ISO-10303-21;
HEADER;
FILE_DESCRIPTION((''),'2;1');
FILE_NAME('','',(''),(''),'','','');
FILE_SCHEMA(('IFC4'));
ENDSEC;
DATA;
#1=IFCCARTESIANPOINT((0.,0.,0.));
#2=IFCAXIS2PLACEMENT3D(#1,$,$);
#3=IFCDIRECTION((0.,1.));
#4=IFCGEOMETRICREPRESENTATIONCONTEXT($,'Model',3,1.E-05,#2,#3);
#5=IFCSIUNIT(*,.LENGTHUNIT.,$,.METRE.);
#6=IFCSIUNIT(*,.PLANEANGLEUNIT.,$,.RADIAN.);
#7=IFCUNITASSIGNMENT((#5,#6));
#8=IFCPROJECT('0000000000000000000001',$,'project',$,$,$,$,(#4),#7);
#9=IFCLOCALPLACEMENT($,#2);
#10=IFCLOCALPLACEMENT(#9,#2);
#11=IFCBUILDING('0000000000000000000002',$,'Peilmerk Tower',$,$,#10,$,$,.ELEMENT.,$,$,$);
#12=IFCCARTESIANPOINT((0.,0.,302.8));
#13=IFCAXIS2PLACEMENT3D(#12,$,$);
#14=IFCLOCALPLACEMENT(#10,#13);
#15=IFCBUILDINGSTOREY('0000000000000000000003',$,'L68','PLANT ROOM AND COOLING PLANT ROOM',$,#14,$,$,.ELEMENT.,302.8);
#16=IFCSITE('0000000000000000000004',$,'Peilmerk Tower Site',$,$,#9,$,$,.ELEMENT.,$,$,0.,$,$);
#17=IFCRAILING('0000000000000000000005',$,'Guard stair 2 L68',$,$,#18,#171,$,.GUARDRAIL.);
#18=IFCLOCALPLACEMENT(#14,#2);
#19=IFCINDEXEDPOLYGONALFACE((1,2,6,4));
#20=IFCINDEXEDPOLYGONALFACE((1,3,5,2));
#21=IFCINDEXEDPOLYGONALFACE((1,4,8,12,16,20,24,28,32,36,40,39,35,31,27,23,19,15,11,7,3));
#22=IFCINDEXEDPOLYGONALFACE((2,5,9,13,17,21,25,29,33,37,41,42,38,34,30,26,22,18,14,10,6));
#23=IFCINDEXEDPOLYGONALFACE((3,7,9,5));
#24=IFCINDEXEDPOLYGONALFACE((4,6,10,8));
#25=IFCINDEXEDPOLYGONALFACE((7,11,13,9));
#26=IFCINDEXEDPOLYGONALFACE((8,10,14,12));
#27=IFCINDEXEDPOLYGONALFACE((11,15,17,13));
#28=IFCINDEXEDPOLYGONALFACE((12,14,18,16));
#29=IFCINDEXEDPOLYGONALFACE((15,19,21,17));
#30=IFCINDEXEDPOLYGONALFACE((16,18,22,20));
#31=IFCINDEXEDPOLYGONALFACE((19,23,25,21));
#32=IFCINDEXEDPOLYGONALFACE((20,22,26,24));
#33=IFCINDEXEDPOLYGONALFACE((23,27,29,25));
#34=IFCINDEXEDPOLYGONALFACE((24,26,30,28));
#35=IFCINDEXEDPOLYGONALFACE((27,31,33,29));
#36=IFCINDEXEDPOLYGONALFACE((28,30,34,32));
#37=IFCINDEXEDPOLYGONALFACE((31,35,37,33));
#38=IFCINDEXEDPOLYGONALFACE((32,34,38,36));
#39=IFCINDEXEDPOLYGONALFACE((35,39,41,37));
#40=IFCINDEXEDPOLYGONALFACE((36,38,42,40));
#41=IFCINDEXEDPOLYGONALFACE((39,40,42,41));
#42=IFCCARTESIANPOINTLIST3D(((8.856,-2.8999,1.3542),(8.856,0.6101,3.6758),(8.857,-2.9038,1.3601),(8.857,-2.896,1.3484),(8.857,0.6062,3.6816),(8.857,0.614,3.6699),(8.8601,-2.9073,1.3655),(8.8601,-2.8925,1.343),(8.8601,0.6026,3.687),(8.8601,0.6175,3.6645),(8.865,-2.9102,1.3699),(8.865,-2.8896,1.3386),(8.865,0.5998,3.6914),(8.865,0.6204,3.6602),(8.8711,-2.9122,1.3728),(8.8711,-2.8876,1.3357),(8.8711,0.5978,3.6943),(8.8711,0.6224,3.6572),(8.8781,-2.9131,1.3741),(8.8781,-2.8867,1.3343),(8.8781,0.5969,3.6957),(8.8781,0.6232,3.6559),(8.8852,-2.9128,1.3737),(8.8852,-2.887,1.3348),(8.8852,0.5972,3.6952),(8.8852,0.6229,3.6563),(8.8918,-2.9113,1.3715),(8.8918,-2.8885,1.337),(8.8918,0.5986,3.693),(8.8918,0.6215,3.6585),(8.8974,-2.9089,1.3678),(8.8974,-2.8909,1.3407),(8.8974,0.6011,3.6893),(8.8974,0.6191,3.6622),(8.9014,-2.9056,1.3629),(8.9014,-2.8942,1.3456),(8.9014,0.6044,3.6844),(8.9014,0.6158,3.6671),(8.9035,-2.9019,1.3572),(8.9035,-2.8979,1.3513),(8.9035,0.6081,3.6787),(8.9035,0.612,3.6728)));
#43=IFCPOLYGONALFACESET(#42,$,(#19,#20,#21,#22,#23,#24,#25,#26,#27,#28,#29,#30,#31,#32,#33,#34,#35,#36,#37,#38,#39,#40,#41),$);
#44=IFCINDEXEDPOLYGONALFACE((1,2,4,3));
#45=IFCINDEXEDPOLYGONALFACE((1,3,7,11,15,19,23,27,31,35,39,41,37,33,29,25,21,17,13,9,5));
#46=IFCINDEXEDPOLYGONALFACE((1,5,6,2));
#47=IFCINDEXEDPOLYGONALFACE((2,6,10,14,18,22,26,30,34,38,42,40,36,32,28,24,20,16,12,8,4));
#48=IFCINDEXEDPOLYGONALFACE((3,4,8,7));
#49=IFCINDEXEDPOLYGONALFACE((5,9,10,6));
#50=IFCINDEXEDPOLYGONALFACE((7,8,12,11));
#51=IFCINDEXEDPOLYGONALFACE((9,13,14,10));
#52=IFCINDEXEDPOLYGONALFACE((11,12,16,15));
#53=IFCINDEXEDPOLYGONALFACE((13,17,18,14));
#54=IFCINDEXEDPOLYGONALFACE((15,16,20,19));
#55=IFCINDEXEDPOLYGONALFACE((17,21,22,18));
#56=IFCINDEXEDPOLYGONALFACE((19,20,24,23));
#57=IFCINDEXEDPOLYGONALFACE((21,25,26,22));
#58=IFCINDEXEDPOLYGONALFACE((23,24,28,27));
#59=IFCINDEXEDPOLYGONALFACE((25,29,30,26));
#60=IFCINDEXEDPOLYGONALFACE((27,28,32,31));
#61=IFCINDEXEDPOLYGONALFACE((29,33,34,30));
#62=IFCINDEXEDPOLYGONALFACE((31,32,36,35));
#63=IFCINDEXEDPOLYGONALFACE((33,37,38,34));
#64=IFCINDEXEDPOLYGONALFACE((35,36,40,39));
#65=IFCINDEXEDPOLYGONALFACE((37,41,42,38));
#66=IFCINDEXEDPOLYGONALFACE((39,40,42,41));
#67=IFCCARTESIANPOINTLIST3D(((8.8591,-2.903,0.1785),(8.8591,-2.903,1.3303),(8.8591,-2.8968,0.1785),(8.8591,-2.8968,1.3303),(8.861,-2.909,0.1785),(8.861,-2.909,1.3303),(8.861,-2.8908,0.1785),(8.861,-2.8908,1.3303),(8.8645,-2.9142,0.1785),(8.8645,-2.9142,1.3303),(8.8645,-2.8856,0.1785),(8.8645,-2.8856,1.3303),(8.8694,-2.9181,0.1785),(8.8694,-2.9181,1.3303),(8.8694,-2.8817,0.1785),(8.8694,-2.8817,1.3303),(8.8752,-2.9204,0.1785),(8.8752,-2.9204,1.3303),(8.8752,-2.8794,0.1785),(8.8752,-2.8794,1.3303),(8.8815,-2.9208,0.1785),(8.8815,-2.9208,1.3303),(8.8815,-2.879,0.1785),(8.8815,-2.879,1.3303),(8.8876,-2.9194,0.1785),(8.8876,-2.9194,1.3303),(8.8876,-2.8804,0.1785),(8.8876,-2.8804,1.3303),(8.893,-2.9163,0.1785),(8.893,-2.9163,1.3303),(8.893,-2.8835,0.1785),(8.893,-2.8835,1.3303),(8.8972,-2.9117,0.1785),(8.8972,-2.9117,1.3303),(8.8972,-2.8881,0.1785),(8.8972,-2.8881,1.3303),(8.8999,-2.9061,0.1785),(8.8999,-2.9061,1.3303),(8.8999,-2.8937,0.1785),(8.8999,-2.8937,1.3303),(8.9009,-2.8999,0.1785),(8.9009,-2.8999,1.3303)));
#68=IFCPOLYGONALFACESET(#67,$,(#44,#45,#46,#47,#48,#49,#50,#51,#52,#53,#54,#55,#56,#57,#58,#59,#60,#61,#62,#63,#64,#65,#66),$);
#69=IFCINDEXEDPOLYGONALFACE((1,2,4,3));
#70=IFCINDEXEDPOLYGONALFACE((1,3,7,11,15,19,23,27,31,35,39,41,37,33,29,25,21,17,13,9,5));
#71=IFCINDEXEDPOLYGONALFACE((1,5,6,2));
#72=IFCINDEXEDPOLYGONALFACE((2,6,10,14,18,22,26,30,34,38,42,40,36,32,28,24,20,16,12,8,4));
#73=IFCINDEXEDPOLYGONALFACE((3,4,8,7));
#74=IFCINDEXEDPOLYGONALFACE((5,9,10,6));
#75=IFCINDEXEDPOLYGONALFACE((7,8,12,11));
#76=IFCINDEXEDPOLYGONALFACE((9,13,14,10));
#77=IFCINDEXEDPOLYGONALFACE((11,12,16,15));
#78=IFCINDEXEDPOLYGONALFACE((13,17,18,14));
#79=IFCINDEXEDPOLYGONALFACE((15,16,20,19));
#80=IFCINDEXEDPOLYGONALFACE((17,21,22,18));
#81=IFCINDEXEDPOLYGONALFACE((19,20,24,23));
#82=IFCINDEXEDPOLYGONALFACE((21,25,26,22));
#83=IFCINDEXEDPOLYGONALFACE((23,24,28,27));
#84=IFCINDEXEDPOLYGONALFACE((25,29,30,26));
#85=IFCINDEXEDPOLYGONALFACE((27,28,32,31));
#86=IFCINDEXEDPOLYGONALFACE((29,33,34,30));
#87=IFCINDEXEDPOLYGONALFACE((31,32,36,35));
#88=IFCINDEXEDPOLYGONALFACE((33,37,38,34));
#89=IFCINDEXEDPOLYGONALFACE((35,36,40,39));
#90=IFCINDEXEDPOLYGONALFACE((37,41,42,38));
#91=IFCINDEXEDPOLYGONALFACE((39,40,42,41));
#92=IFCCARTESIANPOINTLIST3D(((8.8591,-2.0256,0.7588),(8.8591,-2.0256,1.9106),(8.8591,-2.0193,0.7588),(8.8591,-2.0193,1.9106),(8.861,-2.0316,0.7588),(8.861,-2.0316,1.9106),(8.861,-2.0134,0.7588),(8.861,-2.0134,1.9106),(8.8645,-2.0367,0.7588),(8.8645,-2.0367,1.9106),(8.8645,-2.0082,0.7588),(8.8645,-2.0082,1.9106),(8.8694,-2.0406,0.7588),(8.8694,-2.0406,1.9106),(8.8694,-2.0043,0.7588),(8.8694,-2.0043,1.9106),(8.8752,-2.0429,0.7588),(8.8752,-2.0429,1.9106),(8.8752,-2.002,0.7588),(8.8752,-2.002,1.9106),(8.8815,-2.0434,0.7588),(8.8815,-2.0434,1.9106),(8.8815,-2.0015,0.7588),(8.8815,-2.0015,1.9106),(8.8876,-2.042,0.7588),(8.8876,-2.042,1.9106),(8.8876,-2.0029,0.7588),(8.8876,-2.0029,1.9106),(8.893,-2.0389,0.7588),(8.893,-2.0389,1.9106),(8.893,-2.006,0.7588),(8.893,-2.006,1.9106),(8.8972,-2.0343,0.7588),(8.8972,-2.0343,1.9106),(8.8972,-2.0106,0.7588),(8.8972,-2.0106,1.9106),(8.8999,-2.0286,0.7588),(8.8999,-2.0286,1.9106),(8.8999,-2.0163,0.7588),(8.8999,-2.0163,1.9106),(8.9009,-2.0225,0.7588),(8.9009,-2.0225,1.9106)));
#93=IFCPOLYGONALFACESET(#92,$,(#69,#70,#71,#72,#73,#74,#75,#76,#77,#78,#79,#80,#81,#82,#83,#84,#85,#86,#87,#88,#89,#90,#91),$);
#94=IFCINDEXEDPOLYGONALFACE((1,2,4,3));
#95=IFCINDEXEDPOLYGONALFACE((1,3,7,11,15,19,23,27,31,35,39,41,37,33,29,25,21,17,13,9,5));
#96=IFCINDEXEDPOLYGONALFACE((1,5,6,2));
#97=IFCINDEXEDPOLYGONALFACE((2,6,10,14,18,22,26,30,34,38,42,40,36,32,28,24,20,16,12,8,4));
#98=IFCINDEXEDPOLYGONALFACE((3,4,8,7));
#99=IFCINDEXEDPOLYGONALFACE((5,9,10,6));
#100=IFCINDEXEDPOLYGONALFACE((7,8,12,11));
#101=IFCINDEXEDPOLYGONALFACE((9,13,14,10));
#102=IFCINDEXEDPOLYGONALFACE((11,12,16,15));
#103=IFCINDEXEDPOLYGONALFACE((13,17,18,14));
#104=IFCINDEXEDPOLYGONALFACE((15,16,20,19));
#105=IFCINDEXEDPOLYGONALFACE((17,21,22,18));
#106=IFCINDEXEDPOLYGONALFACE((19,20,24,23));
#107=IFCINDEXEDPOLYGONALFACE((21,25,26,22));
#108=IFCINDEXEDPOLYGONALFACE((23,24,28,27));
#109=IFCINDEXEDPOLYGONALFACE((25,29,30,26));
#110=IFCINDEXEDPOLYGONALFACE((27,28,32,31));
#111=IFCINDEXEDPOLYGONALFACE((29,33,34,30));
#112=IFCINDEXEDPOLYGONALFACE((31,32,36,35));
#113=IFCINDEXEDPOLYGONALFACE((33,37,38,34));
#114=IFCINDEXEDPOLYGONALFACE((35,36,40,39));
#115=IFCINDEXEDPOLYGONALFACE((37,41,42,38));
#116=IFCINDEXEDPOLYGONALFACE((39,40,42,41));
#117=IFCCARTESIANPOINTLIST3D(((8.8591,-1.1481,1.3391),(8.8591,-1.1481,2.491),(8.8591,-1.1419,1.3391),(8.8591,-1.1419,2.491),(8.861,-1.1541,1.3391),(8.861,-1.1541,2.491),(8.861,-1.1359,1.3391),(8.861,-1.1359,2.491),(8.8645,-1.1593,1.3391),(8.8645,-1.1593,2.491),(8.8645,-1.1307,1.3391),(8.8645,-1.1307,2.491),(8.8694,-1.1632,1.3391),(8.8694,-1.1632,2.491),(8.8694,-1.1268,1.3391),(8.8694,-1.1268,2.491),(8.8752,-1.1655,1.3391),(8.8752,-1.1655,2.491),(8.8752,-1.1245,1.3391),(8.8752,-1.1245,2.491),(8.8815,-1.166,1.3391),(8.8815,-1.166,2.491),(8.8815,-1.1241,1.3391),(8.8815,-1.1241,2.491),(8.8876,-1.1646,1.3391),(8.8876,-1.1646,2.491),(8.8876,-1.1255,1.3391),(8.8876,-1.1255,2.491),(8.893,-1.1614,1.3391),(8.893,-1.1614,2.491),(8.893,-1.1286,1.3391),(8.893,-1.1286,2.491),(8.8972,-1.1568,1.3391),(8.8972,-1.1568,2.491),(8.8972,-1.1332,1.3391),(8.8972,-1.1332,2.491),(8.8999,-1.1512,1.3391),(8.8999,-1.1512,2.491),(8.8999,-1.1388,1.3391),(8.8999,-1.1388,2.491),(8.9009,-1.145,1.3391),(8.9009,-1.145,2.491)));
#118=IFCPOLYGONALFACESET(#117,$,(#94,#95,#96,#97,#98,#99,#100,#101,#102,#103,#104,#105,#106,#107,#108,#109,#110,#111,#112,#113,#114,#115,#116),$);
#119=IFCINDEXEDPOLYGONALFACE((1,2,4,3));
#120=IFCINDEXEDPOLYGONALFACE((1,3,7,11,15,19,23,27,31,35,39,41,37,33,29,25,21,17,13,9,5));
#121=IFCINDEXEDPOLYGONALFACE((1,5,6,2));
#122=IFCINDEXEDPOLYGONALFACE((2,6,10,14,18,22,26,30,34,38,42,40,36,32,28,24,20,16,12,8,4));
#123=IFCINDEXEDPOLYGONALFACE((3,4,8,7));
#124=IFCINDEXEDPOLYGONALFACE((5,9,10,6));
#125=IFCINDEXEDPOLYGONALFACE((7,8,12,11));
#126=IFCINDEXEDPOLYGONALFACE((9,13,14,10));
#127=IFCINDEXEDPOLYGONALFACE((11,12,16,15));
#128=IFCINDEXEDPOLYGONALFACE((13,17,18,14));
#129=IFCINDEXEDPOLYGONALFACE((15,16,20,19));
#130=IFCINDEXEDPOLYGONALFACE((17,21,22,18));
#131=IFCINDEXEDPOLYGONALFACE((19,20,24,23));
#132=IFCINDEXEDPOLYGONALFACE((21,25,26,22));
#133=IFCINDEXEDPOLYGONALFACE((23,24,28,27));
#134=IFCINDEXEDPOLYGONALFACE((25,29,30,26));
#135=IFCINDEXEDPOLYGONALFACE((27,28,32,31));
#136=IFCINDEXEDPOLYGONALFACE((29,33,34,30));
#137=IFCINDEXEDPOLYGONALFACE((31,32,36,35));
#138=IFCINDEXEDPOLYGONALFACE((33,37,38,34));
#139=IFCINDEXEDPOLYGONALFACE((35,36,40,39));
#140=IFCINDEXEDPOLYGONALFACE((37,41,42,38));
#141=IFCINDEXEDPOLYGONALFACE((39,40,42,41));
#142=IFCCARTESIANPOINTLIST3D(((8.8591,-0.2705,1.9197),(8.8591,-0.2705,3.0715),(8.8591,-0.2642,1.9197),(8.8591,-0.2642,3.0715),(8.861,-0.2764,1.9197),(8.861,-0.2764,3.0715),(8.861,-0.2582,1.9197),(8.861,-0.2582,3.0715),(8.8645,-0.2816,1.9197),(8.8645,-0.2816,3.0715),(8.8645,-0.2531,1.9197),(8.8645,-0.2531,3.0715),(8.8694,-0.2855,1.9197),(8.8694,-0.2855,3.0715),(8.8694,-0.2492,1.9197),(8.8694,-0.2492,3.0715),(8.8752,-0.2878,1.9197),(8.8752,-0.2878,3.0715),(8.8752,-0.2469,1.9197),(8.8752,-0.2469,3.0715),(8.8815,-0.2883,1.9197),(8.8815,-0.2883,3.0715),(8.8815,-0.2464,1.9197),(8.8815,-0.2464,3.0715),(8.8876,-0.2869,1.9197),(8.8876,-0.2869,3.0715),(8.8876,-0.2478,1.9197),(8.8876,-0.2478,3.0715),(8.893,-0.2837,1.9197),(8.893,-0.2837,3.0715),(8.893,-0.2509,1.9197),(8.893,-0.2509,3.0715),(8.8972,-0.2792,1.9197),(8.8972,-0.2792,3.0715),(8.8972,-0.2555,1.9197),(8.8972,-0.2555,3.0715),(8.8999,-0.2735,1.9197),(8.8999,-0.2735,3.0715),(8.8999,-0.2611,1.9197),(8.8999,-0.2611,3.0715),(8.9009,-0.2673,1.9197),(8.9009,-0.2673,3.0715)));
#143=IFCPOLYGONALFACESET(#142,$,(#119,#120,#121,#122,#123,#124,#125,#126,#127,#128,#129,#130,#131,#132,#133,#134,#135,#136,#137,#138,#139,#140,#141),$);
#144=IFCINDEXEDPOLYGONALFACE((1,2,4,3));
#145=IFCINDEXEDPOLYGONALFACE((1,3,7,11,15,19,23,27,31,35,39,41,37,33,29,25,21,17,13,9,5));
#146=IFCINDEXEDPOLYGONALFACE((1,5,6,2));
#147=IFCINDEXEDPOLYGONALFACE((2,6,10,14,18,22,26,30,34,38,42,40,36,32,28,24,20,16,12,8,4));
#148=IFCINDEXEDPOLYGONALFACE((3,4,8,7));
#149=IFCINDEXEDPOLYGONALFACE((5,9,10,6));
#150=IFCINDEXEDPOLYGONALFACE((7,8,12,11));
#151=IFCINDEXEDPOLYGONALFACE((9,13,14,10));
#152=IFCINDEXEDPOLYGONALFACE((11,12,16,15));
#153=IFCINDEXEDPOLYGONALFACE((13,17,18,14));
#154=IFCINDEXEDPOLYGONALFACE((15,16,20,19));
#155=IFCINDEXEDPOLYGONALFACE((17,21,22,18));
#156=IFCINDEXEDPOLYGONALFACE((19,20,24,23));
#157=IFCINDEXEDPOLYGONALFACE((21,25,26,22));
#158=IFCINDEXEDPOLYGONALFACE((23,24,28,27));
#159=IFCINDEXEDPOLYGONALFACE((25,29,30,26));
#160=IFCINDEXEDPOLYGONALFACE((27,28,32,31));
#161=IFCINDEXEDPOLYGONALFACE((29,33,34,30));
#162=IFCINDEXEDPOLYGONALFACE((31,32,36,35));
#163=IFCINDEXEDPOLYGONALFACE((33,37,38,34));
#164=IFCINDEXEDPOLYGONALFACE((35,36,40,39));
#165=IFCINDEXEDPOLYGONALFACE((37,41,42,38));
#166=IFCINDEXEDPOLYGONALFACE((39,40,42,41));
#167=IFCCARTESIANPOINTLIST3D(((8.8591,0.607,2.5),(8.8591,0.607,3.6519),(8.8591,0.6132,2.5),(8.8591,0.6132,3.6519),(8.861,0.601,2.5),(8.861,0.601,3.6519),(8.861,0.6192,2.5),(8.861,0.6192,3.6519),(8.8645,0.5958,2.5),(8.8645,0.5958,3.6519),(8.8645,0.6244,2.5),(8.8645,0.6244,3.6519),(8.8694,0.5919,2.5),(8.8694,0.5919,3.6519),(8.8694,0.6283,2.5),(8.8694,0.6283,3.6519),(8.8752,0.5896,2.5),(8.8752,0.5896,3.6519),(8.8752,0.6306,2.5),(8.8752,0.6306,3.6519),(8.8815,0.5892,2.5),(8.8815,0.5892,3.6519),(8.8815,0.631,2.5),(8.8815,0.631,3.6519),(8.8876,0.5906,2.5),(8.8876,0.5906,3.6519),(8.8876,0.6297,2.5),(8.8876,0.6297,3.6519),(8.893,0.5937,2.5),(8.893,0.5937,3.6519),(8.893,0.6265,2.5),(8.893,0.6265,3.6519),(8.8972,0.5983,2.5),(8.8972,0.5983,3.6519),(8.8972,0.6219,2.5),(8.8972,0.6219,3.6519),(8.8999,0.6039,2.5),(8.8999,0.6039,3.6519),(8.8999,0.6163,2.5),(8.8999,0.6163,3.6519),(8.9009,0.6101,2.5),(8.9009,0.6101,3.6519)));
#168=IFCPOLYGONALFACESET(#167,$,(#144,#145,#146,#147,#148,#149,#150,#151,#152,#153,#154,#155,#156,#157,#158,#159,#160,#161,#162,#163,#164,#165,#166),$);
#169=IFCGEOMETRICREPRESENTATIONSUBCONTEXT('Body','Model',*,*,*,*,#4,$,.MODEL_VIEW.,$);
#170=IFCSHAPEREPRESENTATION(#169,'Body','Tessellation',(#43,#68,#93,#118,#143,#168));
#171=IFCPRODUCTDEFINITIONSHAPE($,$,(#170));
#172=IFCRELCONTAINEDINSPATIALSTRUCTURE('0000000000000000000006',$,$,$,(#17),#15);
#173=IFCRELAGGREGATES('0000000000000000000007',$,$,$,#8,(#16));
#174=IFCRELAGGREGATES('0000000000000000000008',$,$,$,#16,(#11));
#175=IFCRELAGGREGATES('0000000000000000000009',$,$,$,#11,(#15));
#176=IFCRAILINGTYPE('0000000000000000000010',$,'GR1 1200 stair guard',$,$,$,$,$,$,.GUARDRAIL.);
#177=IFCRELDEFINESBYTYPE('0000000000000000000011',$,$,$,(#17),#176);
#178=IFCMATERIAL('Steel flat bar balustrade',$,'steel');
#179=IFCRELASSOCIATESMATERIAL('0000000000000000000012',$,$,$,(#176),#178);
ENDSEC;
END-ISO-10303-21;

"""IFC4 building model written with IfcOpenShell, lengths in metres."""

from ifc_helpers import new_model, si_unit, direction, frame, origin, origin_2d, place, context, subcontext, project, spatial, circle, extrude, material, type_object, element, save


model = new_model("IFC4")

# Units and contexts
model_context = context("Model", 3, precision=1e-05, world=origin(), true_north=direction((0.0, 1.0)))
body_context = subcontext(model_context, "Body", "Model", "MODEL_VIEW")
ifc_project = project(units=[si_unit("LENGTHUNIT", "METRE"), si_unit("PLANEANGLEUNIT", "RADIAN")], contexts=[model_context])

# Site, building, storey
site_placement = place(None, origin())
site = spatial("IfcSite", under=ifc_project, at=site_placement, Name="Peilmerk Tower Site", CompositionType="ELEMENT", RefElevation=0.0)
building_placement = place(site_placement, origin())
building = spatial("IfcBuilding", under=site, at=building_placement, Name="Peilmerk Tower", CompositionType="ELEMENT")
storey_placement = place(building_placement, frame((0.0, 0.0, 302.8)))
storey = spatial("IfcBuildingStorey", under=building, at=storey_placement, Name="L68", Description="PLANT ROOM AND COOLING PLANT ROOM", CompositionType="ELEMENT", Elevation=302.8)

# Railing
ifc_material_1 = material(Name="Steel flat bar balustrade", Category="steel")
railing_type = type_object("IfcRailingType", Name="GR1 1200 stair guard", PredefinedType="GUARDRAIL", material=ifc_material_1)
railing_placement = place(storey_placement, frame((8.8799, -2.8999, 0.1785)))
element("IfcRailing", 1, at=railing_placement, inside=storey, type_object=railing_type, Name="Guard stair 2 L68", PredefinedType="GUARDRAIL", context=body_context, shape_type="SweptSolid", body=[
    extrude(circle(Radius=0.0239, at=origin_2d()), frame((0.0, 0.0, 1.1758), z_axis=(0.0, 0.834071, 0.551657), x_axis=(-1.0, 0.0, 0.0)), (0.0, 0.0, 1.0), 4.2083),
    extrude(circle(Radius=0.021, at=origin_2d()), origin(), (0.0, 0.0, 1.0), 1.1519),
    extrude(circle(Radius=0.021, at=origin_2d()), frame((0.0, 0.8774, 0.5803)), (0.0, 0.0, 1.0), 1.1519),
    extrude(circle(Radius=0.021, at=origin_2d()), frame((0.0, 1.7549, 1.1606)), (0.0, 0.0, 1.0), 1.1519),
    extrude(circle(Radius=0.021, at=origin_2d()), frame((0.0, 2.6326, 1.7412)), (0.0, 0.0, 1.0), 1.1519),
    extrude(circle(Radius=0.021, at=origin_2d()), frame((0.0, 3.51, 2.3215)), (0.0, 0.0, 1.0), 1.1519),
])

save(model, "model.ifc")
